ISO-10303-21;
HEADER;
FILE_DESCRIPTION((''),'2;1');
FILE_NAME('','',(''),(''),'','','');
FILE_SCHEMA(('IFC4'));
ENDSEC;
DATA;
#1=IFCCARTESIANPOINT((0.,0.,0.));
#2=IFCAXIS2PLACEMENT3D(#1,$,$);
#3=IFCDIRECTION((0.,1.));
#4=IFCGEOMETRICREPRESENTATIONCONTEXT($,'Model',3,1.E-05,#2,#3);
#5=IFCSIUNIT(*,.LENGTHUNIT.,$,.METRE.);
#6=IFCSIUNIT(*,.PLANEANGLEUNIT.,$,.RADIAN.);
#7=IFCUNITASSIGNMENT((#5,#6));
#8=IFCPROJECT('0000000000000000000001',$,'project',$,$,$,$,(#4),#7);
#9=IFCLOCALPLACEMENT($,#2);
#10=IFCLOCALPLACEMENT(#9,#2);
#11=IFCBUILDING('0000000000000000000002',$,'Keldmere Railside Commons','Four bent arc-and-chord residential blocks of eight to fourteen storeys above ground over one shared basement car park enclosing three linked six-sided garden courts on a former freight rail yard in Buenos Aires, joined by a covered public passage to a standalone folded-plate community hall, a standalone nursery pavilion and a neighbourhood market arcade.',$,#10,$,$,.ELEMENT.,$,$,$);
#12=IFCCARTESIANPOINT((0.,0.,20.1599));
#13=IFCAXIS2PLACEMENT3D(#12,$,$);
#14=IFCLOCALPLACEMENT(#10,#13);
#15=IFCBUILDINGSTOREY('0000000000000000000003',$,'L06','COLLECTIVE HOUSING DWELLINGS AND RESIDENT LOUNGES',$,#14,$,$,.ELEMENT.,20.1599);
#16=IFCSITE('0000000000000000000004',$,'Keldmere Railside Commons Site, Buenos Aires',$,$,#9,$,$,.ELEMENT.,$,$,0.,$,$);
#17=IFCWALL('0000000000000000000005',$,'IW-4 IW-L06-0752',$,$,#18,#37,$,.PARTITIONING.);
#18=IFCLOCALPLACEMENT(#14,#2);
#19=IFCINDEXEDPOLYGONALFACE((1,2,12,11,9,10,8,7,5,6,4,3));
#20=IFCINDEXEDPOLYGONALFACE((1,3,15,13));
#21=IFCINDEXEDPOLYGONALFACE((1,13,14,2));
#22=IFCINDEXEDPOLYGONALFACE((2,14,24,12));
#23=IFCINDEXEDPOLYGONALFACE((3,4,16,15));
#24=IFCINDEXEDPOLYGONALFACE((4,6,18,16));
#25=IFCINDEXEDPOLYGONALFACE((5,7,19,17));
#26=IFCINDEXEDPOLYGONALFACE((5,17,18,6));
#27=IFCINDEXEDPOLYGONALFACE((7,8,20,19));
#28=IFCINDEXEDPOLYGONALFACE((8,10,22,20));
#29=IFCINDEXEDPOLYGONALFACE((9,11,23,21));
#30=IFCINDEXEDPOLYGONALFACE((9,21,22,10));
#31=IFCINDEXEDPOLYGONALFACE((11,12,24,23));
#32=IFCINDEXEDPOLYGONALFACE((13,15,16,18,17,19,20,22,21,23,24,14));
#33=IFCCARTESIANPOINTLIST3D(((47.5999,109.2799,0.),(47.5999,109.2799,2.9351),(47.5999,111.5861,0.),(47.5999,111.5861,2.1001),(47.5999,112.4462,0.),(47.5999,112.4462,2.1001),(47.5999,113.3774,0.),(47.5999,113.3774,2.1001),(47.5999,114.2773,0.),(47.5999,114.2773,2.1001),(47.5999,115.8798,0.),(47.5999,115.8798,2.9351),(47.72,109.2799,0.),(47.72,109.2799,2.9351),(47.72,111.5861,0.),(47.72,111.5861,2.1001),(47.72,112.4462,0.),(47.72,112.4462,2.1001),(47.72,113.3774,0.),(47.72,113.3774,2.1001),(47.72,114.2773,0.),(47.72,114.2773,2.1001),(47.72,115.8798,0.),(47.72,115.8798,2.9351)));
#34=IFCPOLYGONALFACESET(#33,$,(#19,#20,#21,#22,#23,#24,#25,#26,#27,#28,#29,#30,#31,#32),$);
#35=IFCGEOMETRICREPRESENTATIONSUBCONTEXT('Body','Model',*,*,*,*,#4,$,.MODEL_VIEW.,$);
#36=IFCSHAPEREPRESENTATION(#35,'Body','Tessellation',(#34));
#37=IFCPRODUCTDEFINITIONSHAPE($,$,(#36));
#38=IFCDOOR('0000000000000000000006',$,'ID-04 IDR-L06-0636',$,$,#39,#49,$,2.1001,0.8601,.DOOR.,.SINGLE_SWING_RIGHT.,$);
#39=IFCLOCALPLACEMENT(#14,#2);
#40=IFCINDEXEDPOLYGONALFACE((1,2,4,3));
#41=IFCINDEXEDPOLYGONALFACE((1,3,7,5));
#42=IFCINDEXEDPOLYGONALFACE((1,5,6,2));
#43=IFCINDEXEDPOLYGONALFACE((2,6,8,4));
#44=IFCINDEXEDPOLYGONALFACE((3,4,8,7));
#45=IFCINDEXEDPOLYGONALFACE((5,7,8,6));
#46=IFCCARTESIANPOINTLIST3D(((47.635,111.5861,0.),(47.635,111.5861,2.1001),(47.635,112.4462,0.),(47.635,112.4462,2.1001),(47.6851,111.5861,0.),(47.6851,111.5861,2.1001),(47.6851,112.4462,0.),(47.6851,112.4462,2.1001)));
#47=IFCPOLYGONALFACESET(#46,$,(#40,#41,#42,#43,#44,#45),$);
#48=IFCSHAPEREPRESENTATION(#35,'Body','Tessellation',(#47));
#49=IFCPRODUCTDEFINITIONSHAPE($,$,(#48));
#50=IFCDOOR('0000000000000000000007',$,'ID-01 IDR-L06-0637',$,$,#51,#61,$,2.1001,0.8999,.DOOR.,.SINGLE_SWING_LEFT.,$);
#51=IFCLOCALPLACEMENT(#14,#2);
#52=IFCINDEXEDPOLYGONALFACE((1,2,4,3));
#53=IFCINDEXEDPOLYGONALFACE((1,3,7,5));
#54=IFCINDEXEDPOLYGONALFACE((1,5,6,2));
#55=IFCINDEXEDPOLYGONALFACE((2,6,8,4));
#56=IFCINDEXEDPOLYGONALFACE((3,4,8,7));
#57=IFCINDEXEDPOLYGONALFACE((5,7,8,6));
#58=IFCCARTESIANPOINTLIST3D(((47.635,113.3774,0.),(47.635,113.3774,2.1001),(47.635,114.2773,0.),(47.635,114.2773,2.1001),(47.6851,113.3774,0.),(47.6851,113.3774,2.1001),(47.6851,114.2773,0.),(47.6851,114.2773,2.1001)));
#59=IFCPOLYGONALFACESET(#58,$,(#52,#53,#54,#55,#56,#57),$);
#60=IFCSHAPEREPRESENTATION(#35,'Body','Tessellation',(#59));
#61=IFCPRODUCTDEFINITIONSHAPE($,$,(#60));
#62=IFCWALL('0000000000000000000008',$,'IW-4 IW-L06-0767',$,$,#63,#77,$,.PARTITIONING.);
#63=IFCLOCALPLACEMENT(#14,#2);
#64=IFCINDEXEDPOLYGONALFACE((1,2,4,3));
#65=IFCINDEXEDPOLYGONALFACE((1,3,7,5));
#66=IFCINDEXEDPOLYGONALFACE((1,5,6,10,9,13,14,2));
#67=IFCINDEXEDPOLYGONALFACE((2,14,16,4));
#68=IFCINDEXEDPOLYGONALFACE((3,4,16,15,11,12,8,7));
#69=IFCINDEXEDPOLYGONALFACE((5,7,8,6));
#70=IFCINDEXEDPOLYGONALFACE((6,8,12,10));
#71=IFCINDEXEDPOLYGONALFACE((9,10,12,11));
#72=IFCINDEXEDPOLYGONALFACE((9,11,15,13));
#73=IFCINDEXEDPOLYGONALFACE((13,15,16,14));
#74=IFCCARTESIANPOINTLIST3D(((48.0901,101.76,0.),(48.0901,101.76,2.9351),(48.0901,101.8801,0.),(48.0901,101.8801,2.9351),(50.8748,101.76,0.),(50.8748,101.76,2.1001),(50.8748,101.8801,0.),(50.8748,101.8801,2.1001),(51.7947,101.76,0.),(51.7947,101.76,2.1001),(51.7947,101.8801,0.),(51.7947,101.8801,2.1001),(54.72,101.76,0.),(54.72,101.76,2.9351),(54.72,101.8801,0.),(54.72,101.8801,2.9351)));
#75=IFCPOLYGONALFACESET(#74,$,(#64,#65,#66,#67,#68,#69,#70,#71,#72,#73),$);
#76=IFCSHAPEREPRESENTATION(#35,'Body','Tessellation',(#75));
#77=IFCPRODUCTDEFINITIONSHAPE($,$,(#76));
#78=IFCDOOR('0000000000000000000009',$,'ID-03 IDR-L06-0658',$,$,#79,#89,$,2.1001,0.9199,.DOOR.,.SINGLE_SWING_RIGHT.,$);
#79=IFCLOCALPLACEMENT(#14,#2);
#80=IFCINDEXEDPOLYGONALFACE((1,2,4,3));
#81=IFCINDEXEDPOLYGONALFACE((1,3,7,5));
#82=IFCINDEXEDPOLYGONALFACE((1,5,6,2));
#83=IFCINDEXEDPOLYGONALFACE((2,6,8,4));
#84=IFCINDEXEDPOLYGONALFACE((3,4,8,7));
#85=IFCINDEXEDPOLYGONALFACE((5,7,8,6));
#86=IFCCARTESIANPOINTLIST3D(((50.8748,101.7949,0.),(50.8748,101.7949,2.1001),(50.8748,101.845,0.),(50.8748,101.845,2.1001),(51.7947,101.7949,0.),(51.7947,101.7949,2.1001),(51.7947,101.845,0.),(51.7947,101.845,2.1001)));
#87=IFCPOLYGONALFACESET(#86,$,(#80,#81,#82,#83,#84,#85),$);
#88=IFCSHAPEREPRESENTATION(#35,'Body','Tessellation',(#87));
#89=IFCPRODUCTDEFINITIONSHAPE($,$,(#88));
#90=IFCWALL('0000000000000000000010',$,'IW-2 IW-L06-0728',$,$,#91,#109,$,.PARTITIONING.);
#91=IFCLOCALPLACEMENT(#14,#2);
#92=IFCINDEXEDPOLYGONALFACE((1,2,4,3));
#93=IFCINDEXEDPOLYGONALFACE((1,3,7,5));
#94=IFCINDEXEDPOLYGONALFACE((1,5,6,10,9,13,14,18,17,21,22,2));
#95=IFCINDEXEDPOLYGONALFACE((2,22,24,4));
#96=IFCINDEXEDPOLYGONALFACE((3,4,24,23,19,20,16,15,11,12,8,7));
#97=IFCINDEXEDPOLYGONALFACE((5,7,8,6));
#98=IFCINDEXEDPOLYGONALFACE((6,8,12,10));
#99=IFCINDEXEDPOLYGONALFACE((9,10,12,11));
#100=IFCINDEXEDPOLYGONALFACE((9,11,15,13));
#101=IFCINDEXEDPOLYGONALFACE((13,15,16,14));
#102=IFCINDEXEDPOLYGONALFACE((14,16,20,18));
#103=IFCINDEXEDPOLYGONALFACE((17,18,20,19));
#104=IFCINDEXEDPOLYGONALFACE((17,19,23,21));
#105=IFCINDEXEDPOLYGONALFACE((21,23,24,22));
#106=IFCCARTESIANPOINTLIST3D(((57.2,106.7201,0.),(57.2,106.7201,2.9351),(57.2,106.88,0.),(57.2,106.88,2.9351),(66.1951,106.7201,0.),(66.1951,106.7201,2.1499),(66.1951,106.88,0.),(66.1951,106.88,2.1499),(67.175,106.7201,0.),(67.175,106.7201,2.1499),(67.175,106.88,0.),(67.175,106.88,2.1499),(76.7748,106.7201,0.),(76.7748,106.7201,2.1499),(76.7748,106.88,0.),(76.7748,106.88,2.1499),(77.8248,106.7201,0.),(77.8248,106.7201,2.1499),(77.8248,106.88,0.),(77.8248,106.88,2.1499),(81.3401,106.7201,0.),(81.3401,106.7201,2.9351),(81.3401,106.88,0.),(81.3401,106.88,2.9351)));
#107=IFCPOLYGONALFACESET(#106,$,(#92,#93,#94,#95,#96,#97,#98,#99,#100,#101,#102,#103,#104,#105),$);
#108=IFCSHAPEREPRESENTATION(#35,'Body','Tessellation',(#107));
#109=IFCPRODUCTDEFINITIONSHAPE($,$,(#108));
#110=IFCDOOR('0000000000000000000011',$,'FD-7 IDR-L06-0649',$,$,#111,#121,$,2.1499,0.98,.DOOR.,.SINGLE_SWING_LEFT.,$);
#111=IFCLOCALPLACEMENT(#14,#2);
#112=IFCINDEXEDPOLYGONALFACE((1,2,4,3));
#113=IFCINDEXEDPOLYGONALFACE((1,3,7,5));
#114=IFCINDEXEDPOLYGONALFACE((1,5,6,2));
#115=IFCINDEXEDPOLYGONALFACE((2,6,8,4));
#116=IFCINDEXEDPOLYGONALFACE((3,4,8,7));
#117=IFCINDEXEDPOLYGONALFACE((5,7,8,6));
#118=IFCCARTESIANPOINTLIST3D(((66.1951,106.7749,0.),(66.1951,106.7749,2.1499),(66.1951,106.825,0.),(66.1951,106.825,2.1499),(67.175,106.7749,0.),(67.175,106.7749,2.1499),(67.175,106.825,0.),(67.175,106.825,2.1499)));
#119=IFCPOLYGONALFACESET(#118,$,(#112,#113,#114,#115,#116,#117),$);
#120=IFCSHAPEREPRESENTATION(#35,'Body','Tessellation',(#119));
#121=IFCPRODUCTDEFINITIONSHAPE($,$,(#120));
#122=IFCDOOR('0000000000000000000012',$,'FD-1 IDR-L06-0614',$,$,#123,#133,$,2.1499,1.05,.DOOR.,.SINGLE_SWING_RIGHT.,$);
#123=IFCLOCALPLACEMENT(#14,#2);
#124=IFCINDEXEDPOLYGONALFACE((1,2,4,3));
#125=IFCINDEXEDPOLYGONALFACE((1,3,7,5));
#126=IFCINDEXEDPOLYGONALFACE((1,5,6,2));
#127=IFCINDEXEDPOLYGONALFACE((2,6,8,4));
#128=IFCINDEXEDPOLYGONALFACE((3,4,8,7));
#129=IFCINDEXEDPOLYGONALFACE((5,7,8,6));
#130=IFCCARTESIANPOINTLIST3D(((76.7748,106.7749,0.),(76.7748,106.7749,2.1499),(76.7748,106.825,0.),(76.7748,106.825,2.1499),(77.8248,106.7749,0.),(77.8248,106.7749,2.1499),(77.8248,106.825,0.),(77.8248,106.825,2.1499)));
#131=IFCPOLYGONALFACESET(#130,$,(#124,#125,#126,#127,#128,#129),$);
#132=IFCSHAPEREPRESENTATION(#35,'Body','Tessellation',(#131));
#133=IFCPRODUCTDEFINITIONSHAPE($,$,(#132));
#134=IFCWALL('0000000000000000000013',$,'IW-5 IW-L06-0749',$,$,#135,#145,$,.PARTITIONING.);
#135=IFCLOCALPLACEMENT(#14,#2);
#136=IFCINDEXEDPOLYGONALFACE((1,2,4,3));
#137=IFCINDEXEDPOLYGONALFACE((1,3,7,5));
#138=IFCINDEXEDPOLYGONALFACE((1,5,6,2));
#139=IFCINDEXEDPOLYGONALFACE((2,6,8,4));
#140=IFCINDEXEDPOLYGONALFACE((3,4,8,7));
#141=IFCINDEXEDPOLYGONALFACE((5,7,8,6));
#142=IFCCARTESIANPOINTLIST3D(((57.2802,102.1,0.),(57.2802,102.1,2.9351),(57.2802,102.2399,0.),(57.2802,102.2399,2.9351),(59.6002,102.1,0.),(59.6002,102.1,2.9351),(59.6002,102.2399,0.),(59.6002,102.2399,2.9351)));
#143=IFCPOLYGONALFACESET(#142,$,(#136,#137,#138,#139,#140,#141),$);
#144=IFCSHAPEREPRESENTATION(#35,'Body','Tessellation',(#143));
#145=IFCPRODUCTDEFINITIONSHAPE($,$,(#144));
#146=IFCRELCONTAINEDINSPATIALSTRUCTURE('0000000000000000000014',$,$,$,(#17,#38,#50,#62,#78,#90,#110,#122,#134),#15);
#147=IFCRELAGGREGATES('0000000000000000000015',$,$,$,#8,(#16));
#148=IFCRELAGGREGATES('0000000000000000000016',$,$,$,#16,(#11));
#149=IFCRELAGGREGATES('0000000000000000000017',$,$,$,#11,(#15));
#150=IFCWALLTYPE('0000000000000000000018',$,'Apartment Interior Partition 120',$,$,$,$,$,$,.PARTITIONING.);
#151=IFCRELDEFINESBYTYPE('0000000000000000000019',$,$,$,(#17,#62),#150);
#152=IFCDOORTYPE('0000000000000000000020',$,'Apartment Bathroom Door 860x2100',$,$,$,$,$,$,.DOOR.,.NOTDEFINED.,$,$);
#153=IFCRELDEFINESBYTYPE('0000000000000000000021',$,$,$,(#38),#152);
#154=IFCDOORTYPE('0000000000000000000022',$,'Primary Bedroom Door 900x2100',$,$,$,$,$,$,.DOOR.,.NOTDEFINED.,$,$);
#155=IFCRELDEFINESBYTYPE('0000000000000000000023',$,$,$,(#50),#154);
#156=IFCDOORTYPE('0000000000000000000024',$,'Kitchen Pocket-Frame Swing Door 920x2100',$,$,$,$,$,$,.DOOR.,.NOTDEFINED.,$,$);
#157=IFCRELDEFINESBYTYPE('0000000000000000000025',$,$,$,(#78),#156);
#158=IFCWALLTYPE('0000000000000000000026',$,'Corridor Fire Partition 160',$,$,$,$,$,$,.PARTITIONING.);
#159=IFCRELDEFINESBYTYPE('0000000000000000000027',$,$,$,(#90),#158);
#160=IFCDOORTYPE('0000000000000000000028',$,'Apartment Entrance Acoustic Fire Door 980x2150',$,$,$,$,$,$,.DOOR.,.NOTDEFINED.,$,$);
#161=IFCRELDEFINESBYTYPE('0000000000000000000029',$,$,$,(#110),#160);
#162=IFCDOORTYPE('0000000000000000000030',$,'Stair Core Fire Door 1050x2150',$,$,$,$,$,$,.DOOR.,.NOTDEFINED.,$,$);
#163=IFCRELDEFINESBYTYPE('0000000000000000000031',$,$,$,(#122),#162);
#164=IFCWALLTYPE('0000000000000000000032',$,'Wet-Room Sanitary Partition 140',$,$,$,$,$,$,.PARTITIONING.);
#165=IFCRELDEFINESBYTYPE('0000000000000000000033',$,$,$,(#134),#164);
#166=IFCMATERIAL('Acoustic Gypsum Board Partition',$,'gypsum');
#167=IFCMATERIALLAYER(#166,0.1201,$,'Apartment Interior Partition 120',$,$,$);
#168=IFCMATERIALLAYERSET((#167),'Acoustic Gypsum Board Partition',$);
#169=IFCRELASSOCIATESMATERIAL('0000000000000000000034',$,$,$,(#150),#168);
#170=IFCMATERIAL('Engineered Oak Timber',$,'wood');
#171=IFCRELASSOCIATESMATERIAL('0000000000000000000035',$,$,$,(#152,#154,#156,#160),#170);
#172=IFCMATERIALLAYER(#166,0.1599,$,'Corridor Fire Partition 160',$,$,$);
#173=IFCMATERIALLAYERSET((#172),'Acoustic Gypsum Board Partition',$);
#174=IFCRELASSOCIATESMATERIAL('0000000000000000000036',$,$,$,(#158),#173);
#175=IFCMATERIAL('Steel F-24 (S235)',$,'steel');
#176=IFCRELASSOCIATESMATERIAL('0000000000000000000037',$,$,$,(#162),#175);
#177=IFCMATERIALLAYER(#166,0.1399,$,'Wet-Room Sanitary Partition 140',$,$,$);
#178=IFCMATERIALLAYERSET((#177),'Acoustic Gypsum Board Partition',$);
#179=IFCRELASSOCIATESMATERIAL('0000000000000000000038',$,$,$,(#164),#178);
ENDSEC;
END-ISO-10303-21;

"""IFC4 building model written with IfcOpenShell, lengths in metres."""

from ifc_helpers import new_model, si_unit, direction, frame, frame_2d, origin, place, context, subcontext, project, spatial, rectangle, extrude, material, layer, layer_set, type_object, element, fill, save


model = new_model("IFC4")

# Units and contexts
model_context = context("Model", 3, precision=1e-05, world=origin(), true_north=direction((0.0, 1.0)))
body_context = subcontext(model_context, "Body", "Model", "MODEL_VIEW")
ifc_project = project(units=[si_unit("LENGTHUNIT", "METRE"), si_unit("PLANEANGLEUNIT", "RADIAN")], contexts=[model_context])

# Site, building, storey
site_placement = place(None, origin())
site = spatial("IfcSite", under=ifc_project, at=site_placement, Name="Keldmere Railside Commons Site, Buenos Aires", CompositionType="ELEMENT", RefElevation=0.0)
building_placement = place(site_placement, origin())
building = spatial("IfcBuilding", under=site, at=building_placement, Name="Keldmere Railside Commons", Description="Four bent arc-and-chord residential blocks of eight to fourteen storeys above ground over one shared basement car park enclosing three linked six-sided garden courts on a former freight rail yard in Buenos Aires, joined by a covered public passage to a standalone folded-plate community hall, a standalone nursery pavilion and a neighbourhood market arcade.", CompositionType="ELEMENT")
storey_placement = place(building_placement, frame((0.0, 0.0, 20.1599)))
storey = spatial("IfcBuildingStorey", under=building, at=storey_placement, Name="L06", Description="COLLECTIVE HOUSING DWELLINGS AND RESIDENT LOUNGES", CompositionType="ELEMENT", Elevation=20.1599)

# Shared definitions
ifc_material_1 = material(Name="Acoustic Gypsum Board Partition", Category="gypsum")

# Wall, openings, doors
ifc_layer_1 = layer(ifc_material_1, 0.1201, Name="Apartment Interior Partition 120")
ifc_layer_set_1 = layer_set([ifc_layer_1], Name="Acoustic Gypsum Board Partition")
wall_type_1 = type_object("IfcWallType", Name="Apartment Interior Partition 120", PredefinedType="PARTITIONING", material=ifc_layer_set_1)
wall_1_placement = place(storey_placement, frame((47.6599, 109.28, 0.0), z_axis=(0.0, 0.0, 1.0), x_axis=(0.0, 1.0, 0.0)))
wall_1 = element("IfcWall", 1, at=wall_1_placement, inside=storey, type_object=wall_type_1, Name="IW-4 IW-L06-0752", PredefinedType="PARTITIONING", context=body_context, shape_type="SweptSolid", body=[
    extrude(rectangle(XDim=6.5999, YDim=0.1201, at=frame_2d((3.2998, 0.0))), origin(), (0.0, 0.0, 1.0), 2.9351),
])
opening_1_placement = place(wall_1_placement, frame((2.3059, 0.0, 0.0)))
opening_1 = element("IfcOpeningElement", 2, at=opening_1_placement, cuts=wall_1, PredefinedType="OPENING", context=body_context, shape_type="SweptSolid", body=[
    extrude(rectangle(XDim=0.8601, YDim=2.1001, at=frame_2d((0.4302, 1.05))), frame((0.0, 0.0701, 0.0), z_axis=(0.0, -1.0, 0.0), x_axis=(1.0, 0.0, 0.0)), (0.0, 0.0, 1.0), 0.1401),
])
opening_2_placement = place(wall_1_placement, frame((4.0974, 0.0, 0.0)))
opening_2 = element("IfcOpeningElement", 3, at=opening_2_placement, cuts=wall_1, PredefinedType="OPENING", context=body_context, shape_type="SweptSolid", body=[
    extrude(rectangle(XDim=0.8999, YDim=2.1001, at=frame_2d((0.45, 1.05))), frame((0.0, 0.0701, 0.0), z_axis=(0.0, -1.0, 0.0), x_axis=(1.0, 0.0, 0.0)), (0.0, 0.0, 1.0), 0.1401),
])
ifc_material_2 = material(Name="Engineered Oak Timber", Category="wood")
door_type_1 = type_object("IfcDoorType", Name="Apartment Bathroom Door 860x2100", OperationType="NOTDEFINED", PredefinedType="DOOR", material=ifc_material_2)
door_1_placement = place(opening_1_placement, origin())
door_1 = element("IfcDoor", 4, at=door_1_placement, inside=storey, type_object=door_type_1, Name="ID-04 IDR-L06-0636", OperationType="SINGLE_SWING_RIGHT", OverallHeight=2.1001, OverallWidth=0.8601, PredefinedType="DOOR", context=body_context, shape_type="SweptSolid", body=[
    extrude(rectangle(XDim=0.8601, YDim=2.1001, at=frame_2d((0.4302, 1.05))), frame((0.0, 0.0249, 0.0), z_axis=(0.0, -1.0, 0.0), x_axis=(1.0, 0.0, 0.0)), (0.0, 0.0, 1.0), 0.05),
])
fill(opening_1, door_1)
door_type_2 = type_object("IfcDoorType", Name="Primary Bedroom Door 900x2100", OperationType="NOTDEFINED", PredefinedType="DOOR", material=ifc_material_2)
door_2_placement = place(opening_2_placement, origin())
door_2 = element("IfcDoor", 5, at=door_2_placement, inside=storey, type_object=door_type_2, Name="ID-01 IDR-L06-0637", OperationType="SINGLE_SWING_LEFT", OverallHeight=2.1001, OverallWidth=0.8999, PredefinedType="DOOR", context=body_context, shape_type="SweptSolid", body=[
    extrude(rectangle(XDim=0.8999, YDim=2.1001, at=frame_2d((0.45, 1.05))), frame((0.0, 0.0249, 0.0), z_axis=(0.0, -1.0, 0.0), x_axis=(1.0, 0.0, 0.0)), (0.0, 0.0, 1.0), 0.05),
])
fill(opening_2, door_2)

# Wall, opening, door
wall_2_placement = place(storey_placement, frame((48.0901, 101.8201, 0.0), z_axis=(0.0, 0.0, 1.0), x_axis=(1.0, 0.0, 0.0)))
wall_2 = element("IfcWall", 6, at=wall_2_placement, inside=storey, type_object=wall_type_1, Name="IW-4 IW-L06-0767", PredefinedType="PARTITIONING", context=body_context, shape_type="SweptSolid", body=[
    extrude(rectangle(XDim=6.6299, YDim=0.1201, at=frame_2d((3.3149, 0.0))), origin(), (0.0, 0.0, 1.0), 2.9351),
])
opening_3_placement = place(wall_2_placement, frame((2.7847, 0.0, 0.0)))
opening_3 = element("IfcOpeningElement", 7, at=opening_3_placement, cuts=wall_2, PredefinedType="OPENING", context=body_context, shape_type="SweptSolid", body=[
    extrude(rectangle(XDim=0.9199, YDim=2.1001, at=frame_2d((0.46, 1.05))), frame((0.0, 0.0701, 0.0), z_axis=(0.0, -1.0, 0.0), x_axis=(1.0, 0.0, 0.0)), (0.0, 0.0, 1.0), 0.1401),
])
door_type_3 = type_object("IfcDoorType", Name="Kitchen Pocket-Frame Swing Door 920x2100", OperationType="NOTDEFINED", PredefinedType="DOOR", material=ifc_material_2)
door_3_placement = place(opening_3_placement, origin())
door_3 = element("IfcDoor", 8, at=door_3_placement, inside=storey, type_object=door_type_3, Name="ID-03 IDR-L06-0658", OperationType="SINGLE_SWING_RIGHT", OverallHeight=2.1001, OverallWidth=0.9199, PredefinedType="DOOR", context=body_context, shape_type="SweptSolid", body=[
    extrude(rectangle(XDim=0.9199, YDim=2.1001, at=frame_2d((0.46, 1.05))), frame((0.0, 0.0249, 0.0), z_axis=(0.0, -1.0, 0.0), x_axis=(1.0, 0.0, 0.0)), (0.0, 0.0, 1.0), 0.05),
])
fill(opening_3, door_3)

# Wall, openings, doors
ifc_layer_2 = layer(ifc_material_1, 0.1599, Name="Corridor Fire Partition 160")
ifc_layer_set_2 = layer_set([ifc_layer_2], Name="Acoustic Gypsum Board Partition")
wall_type_2 = type_object("IfcWallType", Name="Corridor Fire Partition 160", PredefinedType="PARTITIONING", material=ifc_layer_set_2)
wall_3_placement = place(storey_placement, frame((57.2, 106.8, 0.0), z_axis=(0.0, 0.0, 1.0), x_axis=(1.0, 0.0, 0.0)))
wall_3 = element("IfcWall", 9, at=wall_3_placement, inside=storey, type_object=wall_type_2, Name="IW-2 IW-L06-0728", PredefinedType="PARTITIONING", context=body_context, shape_type="SweptSolid", body=[
    extrude(rectangle(XDim=24.1401, YDim=0.1599, at=frame_2d((12.0701, 0.0))), origin(), (0.0, 0.0, 1.0), 2.9351),
])
opening_4_placement = place(wall_3_placement, frame((19.575, 0.0, 0.0)))
opening_4 = element("IfcOpeningElement", 10, at=opening_4_placement, cuts=wall_3, PredefinedType="OPENING", context=body_context, shape_type="SweptSolid", body=[
    extrude(rectangle(XDim=1.05, YDim=2.1499, at=frame_2d((0.5249, 1.075))), frame((0.0, 0.0898, 0.0), z_axis=(0.0, -1.0, 0.0), x_axis=(1.0, 0.0, 0.0)), (0.0, 0.0, 1.0), 0.1799),
])
opening_5_placement = place(wall_3_placement, frame((8.9951, 0.0, 0.0)))
opening_5 = element("IfcOpeningElement", 11, at=opening_5_placement, cuts=wall_3, PredefinedType="OPENING", context=body_context, shape_type="SweptSolid", body=[
    extrude(rectangle(XDim=0.98, YDim=2.1499, at=frame_2d((0.49, 1.075))), frame((0.0, 0.0898, 0.0), z_axis=(0.0, -1.0, 0.0), x_axis=(1.0, 0.0, 0.0)), (0.0, 0.0, 1.0), 0.1799),
])
door_type_4 = type_object("IfcDoorType", Name="Apartment Entrance Acoustic Fire Door 980x2150", OperationType="NOTDEFINED", PredefinedType="DOOR", material=ifc_material_2)
door_4_placement = place(opening_5_placement, origin())
door_4 = element("IfcDoor", 12, at=door_4_placement, inside=storey, type_object=door_type_4, Name="FD-7 IDR-L06-0649", OperationType="SINGLE_SWING_LEFT", OverallHeight=2.1499, OverallWidth=0.98, PredefinedType="DOOR", context=body_context, shape_type="SweptSolid", body=[
    extrude(rectangle(XDim=0.98, YDim=2.1499, at=frame_2d((0.49, 1.075))), frame((0.0, 0.0249, 0.0), z_axis=(0.0, -1.0, 0.0), x_axis=(1.0, 0.0, 0.0)), (0.0, 0.0, 1.0), 0.05),
])
fill(opening_5, door_4)
ifc_material_3 = material(Name="Steel F-24 (S235)", Category="steel")
door_type_5 = type_object("IfcDoorType", Name="Stair Core Fire Door 1050x2150", OperationType="NOTDEFINED", PredefinedType="DOOR", material=ifc_material_3)
door_5_placement = place(opening_4_placement, origin())
door_5 = element("IfcDoor", 13, at=door_5_placement, inside=storey, type_object=door_type_5, Name="FD-1 IDR-L06-0614", OperationType="SINGLE_SWING_RIGHT", OverallHeight=2.1499, OverallWidth=1.05, PredefinedType="DOOR", context=body_context, shape_type="SweptSolid", body=[
    extrude(rectangle(XDim=1.05, YDim=2.1499, at=frame_2d((0.5249, 1.075))), frame((0.0, 0.0249, 0.0), z_axis=(0.0, -1.0, 0.0), x_axis=(1.0, 0.0, 0.0)), (0.0, 0.0, 1.0), 0.05),
])
fill(opening_4, door_5)

# Wall
ifc_layer_3 = layer(ifc_material_1, 0.1399, Name="Wet-Room Sanitary Partition 140")
ifc_layer_set_3 = layer_set([ifc_layer_3], Name="Acoustic Gypsum Board Partition")
wall_type_3 = type_object("IfcWallType", Name="Wet-Room Sanitary Partition 140", PredefinedType="PARTITIONING", material=ifc_layer_set_3)
wall_4_placement = place(storey_placement, frame((57.28, 102.1699, 0.0), z_axis=(0.0, 0.0, 1.0), x_axis=(1.0, 0.0, 0.0)))
element("IfcWall", 14, at=wall_4_placement, inside=storey, type_object=wall_type_3, Name="IW-5 IW-L06-0749", PredefinedType="PARTITIONING", context=body_context, shape_type="SweptSolid", body=[
    extrude(rectangle(XDim=2.3201, YDim=0.1399, at=frame_2d((1.1602, 0.0))), origin(), (0.0, 0.0, 1.0), 2.9351),
])

save(model, "model.ifc")
